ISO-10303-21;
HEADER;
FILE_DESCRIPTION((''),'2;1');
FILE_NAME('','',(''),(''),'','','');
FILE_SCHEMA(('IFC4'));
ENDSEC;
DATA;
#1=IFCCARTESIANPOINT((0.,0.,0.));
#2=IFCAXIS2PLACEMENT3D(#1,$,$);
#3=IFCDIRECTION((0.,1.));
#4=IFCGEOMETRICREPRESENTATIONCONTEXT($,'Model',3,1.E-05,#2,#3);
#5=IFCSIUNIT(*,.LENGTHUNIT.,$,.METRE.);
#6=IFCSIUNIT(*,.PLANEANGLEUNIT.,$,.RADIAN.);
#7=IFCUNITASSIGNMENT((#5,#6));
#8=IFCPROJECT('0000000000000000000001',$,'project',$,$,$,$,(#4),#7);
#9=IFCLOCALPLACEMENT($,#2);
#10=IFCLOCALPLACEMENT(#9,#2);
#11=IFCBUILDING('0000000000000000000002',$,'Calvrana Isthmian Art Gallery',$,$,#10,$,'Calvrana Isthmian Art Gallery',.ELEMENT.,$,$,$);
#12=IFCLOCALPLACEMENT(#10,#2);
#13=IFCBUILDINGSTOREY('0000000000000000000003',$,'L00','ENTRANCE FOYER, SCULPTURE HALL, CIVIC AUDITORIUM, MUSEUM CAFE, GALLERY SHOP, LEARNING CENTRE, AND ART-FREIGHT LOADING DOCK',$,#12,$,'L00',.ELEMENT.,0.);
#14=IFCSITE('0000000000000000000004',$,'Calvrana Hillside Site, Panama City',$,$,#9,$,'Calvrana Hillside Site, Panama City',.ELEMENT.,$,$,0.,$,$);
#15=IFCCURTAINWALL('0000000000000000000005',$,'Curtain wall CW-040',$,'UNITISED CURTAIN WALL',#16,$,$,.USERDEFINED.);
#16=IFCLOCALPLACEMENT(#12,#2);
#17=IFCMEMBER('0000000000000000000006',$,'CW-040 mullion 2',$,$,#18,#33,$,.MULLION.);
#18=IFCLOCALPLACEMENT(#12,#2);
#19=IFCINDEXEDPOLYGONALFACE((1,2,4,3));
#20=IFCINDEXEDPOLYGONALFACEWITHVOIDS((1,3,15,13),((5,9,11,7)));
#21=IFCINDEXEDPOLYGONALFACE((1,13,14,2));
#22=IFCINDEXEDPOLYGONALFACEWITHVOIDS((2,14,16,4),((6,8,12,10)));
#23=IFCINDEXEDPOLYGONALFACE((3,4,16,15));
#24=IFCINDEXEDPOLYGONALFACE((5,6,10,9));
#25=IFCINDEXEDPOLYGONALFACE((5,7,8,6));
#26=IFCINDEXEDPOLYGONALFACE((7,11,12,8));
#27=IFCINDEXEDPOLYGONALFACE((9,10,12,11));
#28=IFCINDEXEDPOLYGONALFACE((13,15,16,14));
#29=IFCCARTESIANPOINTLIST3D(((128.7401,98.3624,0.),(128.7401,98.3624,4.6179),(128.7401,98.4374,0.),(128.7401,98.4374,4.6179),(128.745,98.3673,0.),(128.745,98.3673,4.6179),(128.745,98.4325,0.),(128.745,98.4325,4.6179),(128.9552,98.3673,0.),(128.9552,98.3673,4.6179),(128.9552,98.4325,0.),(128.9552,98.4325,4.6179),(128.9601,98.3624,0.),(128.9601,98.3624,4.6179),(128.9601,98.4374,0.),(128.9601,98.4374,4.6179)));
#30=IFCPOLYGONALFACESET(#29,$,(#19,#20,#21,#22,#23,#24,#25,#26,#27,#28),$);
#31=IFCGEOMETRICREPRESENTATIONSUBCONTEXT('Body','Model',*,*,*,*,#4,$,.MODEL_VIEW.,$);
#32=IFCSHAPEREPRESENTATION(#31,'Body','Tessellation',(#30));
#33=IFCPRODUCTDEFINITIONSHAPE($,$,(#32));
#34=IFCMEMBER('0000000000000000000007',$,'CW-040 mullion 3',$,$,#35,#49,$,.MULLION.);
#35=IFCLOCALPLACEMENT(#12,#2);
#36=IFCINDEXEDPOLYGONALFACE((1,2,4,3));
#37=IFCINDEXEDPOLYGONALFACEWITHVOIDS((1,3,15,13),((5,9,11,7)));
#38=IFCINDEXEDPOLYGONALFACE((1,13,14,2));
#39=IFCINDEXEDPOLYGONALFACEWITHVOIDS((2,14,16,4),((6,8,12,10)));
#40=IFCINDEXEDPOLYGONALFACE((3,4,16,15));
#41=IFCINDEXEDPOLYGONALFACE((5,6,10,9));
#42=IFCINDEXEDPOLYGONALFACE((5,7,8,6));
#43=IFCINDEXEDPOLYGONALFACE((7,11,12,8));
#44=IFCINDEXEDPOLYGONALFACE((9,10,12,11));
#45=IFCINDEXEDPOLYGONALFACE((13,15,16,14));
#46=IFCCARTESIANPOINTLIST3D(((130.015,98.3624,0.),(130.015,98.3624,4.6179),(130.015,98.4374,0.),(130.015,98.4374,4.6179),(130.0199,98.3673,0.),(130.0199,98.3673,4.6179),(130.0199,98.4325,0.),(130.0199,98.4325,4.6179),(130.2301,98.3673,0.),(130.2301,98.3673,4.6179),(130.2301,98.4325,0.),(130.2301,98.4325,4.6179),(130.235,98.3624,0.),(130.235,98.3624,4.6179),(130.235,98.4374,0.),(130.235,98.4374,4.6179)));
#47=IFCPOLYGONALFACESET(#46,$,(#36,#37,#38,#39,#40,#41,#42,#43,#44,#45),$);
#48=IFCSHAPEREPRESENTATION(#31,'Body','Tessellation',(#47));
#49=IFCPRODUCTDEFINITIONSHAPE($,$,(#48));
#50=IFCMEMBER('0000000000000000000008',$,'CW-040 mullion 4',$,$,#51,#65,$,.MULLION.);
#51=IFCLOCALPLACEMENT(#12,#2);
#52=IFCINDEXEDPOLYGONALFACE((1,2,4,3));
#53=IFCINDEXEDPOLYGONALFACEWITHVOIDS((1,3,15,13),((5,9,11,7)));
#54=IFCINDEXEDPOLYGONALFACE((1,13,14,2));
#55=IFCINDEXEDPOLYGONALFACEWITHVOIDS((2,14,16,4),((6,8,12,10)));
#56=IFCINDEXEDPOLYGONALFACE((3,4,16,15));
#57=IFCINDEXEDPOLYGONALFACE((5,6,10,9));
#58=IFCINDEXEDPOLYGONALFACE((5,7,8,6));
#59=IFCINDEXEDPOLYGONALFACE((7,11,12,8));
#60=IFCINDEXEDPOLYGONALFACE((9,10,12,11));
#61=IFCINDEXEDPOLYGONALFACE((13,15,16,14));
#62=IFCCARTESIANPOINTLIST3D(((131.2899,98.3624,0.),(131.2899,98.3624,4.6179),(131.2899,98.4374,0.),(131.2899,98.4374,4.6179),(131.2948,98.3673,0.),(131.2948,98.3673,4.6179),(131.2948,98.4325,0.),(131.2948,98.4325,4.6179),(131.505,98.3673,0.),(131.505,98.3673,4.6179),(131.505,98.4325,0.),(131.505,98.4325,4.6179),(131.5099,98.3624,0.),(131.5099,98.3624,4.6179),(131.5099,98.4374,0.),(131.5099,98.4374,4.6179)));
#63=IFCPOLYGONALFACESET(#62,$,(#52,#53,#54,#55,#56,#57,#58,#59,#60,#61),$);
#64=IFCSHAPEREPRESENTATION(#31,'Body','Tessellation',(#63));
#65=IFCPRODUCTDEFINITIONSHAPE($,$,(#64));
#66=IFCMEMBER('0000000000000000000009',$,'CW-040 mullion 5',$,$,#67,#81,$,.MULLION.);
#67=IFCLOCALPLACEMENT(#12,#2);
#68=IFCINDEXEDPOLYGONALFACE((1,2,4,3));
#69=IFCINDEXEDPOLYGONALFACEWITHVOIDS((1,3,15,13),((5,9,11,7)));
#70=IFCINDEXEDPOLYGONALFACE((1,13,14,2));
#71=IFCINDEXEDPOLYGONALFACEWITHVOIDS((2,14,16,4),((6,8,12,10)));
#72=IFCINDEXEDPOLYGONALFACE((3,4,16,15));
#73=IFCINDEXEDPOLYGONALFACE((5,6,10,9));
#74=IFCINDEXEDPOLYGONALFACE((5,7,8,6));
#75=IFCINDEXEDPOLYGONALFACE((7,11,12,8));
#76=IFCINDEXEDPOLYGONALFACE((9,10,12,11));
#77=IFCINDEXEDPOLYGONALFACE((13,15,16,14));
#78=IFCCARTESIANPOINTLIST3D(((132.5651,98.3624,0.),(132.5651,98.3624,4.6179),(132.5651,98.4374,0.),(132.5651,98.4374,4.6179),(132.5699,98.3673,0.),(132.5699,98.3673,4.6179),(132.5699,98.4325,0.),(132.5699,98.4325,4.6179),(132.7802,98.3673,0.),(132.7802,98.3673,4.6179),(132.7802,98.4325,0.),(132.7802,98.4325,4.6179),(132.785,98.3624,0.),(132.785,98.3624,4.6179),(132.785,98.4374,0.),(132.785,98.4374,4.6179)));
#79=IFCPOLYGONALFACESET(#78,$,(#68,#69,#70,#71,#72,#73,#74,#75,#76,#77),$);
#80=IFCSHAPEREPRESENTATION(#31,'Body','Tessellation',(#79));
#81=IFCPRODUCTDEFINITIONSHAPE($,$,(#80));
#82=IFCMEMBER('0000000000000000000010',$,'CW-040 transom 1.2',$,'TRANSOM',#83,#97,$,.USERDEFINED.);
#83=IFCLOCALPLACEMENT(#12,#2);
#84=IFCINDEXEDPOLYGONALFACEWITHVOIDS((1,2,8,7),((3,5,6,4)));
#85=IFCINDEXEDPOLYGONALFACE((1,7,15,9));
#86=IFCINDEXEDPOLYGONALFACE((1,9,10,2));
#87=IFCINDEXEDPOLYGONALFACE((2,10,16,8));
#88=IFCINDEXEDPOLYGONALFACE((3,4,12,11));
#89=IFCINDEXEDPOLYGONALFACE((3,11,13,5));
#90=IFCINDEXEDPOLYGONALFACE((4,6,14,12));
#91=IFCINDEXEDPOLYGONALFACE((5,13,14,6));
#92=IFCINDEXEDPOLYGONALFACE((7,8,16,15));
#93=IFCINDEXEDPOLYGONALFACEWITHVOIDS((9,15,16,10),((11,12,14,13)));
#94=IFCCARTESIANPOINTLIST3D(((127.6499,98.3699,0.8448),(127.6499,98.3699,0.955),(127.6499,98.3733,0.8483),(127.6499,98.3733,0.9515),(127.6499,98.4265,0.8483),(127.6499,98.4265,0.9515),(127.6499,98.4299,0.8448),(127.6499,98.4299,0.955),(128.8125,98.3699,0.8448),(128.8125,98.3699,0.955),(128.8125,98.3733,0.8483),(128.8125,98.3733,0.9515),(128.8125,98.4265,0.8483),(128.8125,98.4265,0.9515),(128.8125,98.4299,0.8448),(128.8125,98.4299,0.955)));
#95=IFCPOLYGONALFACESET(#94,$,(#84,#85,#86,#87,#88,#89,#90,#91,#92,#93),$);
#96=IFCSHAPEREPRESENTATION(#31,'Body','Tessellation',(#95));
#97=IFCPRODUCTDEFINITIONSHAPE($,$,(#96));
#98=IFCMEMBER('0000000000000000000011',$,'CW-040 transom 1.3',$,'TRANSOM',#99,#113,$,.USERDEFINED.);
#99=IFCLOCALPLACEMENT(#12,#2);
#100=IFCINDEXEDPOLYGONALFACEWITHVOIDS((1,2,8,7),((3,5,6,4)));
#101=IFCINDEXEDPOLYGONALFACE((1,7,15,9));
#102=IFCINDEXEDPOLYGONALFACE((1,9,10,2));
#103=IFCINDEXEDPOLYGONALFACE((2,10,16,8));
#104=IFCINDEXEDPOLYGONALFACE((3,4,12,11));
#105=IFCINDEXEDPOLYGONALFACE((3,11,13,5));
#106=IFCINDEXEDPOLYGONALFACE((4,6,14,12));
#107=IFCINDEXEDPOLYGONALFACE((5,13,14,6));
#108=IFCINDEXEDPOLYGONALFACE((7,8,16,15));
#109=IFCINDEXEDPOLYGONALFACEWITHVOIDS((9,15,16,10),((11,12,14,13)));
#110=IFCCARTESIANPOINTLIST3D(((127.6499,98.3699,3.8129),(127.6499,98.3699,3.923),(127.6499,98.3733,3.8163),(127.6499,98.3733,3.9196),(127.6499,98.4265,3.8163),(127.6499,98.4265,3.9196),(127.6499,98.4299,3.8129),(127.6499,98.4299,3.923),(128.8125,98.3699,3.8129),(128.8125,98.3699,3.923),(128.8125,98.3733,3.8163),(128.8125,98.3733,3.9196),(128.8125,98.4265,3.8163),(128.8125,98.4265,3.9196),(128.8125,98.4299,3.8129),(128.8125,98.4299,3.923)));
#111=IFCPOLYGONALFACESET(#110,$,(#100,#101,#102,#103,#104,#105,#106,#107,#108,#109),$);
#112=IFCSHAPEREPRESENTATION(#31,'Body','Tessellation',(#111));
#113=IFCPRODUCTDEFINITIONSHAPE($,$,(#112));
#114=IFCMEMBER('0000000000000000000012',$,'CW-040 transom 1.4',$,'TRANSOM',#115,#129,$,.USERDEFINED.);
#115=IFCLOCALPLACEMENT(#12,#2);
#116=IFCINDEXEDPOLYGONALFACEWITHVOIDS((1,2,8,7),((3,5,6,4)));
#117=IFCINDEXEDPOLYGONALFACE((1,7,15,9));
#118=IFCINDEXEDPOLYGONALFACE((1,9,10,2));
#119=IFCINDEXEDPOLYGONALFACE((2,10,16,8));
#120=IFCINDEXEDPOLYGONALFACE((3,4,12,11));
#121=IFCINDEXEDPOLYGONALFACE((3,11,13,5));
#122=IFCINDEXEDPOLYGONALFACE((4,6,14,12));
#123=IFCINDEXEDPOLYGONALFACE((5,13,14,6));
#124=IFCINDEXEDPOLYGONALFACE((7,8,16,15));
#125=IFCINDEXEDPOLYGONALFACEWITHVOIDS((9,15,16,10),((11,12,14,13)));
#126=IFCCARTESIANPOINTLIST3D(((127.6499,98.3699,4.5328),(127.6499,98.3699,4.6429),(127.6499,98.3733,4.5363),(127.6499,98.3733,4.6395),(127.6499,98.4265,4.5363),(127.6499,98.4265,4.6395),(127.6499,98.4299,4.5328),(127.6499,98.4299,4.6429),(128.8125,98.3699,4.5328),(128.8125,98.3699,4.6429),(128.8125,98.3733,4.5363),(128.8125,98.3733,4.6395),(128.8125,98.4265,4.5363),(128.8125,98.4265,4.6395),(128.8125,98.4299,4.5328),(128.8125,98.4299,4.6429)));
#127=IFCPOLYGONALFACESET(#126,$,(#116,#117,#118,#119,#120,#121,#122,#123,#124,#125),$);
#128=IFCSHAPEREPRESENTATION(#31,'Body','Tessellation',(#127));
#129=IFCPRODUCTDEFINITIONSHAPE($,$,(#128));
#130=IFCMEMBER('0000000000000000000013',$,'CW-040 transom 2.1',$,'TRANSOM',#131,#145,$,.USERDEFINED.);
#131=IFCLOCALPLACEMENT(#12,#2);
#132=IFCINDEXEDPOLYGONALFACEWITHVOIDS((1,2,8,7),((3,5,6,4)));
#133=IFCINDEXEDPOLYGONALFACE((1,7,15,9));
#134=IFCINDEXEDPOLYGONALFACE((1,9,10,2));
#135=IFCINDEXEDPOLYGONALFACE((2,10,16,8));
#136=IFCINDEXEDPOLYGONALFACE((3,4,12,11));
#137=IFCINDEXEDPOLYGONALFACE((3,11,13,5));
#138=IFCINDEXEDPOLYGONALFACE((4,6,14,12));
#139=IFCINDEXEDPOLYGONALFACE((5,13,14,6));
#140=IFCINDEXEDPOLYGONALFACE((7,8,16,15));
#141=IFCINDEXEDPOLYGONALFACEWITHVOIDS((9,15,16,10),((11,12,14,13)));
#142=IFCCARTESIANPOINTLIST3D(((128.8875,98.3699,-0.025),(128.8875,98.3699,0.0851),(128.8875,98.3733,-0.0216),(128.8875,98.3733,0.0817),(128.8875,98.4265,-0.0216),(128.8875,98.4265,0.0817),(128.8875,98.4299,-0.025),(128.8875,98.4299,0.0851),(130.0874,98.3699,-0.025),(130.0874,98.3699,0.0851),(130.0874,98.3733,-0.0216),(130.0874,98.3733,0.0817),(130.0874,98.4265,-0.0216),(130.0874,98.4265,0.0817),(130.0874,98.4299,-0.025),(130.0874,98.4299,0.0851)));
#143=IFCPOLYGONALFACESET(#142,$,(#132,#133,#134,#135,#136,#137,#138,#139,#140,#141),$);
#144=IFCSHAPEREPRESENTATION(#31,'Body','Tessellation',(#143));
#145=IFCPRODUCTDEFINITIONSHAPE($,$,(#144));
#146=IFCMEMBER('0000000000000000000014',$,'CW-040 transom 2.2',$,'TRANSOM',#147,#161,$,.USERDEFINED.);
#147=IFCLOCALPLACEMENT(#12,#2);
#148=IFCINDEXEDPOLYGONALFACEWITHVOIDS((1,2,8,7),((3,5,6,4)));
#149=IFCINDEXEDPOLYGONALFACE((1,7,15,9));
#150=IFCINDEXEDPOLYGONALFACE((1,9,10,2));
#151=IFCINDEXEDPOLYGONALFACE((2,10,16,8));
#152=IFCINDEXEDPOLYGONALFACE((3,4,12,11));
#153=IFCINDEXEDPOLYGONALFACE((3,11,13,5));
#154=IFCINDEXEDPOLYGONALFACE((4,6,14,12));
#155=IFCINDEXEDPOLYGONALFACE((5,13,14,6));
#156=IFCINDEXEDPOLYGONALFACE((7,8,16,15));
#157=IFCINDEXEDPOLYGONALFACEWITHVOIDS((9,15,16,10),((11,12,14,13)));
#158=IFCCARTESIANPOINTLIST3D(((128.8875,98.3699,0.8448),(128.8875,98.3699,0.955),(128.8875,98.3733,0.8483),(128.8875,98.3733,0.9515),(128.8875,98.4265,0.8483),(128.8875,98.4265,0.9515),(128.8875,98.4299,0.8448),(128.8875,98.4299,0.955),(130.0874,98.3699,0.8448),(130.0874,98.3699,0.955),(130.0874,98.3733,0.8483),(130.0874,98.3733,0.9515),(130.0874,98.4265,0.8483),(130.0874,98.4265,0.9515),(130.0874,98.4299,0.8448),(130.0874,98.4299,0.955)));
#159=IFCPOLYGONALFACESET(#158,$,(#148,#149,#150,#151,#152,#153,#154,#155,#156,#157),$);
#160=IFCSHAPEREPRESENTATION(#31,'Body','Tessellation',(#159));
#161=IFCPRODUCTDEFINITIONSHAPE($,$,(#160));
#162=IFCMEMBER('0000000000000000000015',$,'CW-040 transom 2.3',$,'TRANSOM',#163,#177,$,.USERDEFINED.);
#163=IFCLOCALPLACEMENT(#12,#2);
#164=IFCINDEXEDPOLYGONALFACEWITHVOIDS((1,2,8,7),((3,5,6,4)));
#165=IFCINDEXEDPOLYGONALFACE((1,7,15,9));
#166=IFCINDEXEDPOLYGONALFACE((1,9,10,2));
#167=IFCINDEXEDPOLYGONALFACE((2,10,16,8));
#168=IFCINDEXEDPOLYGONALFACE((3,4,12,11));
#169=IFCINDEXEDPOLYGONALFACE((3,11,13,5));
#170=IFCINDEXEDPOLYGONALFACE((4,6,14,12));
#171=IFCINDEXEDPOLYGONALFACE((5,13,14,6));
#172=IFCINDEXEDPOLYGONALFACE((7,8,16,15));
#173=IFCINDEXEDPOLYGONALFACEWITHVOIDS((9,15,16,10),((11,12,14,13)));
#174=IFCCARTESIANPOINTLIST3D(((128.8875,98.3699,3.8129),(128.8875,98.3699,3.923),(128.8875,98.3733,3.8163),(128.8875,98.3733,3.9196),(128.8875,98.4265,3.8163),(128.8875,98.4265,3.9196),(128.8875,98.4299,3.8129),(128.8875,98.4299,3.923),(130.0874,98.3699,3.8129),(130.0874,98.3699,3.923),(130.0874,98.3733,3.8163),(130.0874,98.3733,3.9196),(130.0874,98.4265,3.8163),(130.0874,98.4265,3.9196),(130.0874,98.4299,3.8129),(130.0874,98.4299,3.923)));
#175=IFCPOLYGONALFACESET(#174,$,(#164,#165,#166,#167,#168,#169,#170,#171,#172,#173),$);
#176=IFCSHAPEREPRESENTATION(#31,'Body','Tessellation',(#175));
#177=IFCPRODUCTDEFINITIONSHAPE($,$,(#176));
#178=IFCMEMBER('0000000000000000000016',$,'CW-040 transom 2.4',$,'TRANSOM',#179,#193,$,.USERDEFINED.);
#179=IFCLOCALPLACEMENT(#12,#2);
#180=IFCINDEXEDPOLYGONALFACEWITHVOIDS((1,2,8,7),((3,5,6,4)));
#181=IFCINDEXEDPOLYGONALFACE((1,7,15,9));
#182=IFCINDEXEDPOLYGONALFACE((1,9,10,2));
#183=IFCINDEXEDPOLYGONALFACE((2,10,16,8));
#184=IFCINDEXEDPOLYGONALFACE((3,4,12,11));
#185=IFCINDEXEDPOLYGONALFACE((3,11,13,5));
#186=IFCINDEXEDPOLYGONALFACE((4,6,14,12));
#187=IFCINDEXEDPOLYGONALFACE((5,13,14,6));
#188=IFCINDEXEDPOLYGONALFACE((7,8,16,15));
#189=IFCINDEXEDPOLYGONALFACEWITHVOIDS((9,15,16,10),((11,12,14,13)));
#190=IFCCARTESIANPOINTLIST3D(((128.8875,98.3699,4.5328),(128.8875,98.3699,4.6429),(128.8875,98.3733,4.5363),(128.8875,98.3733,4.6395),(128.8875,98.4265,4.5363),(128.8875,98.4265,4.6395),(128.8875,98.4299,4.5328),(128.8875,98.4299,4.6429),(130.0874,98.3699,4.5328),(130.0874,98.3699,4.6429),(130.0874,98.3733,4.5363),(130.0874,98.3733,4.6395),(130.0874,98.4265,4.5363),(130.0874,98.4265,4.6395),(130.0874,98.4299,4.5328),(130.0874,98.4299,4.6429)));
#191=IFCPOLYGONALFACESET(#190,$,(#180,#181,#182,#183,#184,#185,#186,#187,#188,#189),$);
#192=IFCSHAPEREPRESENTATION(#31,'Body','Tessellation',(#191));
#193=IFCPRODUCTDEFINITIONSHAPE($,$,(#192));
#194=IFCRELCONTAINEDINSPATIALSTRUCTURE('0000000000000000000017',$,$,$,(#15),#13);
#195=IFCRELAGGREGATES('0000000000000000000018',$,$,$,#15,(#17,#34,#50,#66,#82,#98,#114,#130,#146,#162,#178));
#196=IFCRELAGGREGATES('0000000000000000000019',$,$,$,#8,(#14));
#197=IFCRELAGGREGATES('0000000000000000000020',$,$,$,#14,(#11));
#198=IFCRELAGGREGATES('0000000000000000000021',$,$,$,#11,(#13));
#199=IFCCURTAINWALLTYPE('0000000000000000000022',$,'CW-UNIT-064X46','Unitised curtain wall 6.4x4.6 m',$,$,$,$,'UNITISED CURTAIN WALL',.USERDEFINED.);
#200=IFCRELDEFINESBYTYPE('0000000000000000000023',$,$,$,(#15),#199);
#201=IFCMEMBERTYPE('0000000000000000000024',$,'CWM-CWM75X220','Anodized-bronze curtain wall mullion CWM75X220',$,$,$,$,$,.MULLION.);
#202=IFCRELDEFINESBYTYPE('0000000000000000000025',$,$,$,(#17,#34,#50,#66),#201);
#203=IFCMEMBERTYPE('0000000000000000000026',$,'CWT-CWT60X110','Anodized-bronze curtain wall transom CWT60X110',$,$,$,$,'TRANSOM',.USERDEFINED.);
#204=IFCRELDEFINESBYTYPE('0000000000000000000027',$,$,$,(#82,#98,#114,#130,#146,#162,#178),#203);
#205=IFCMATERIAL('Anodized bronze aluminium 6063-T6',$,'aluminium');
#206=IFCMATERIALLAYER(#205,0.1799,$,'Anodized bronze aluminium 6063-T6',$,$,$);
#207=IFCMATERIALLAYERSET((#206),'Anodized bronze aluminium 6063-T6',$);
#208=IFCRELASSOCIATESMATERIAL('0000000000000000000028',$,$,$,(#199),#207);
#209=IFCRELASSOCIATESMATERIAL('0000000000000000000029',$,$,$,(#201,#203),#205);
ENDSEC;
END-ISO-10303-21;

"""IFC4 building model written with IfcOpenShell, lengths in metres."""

from ifc_helpers import new_model, si_unit, direction, frame, origin, origin_2d, place, context, subcontext, project, spatial, hollow_rectangle, extrude, material, layer, layer_set, material_profile, profile_set, type_object, element, aggregate, save


model = new_model("IFC4")

# Units and contexts
model_context = context("Model", 3, precision=1e-05, world=origin(), true_north=direction((0.0, 1.0)))
body_context = subcontext(model_context, "Body", "Model", "MODEL_VIEW")
ifc_project = project(units=[si_unit("LENGTHUNIT", "METRE"), si_unit("PLANEANGLEUNIT", "RADIAN")], contexts=[model_context])

# Site, building, storey
site_placement = place(None, origin())
site = spatial("IfcSite", under=ifc_project, at=site_placement, Name="Calvrana Hillside Site, Panama City", LongName="Calvrana Hillside Site, Panama City", CompositionType="ELEMENT", RefElevation=0.0)
building_placement = place(site_placement, origin())
building = spatial("IfcBuilding", under=site, at=building_placement, Name="Calvrana Isthmian Art Gallery", LongName="Calvrana Isthmian Art Gallery", CompositionType="ELEMENT")
storey_placement = place(building_placement, origin())
storey = spatial("IfcBuildingStorey", under=building, at=storey_placement, Name="L00", Description="ENTRANCE FOYER, SCULPTURE HALL, CIVIC AUDITORIUM, MUSEUM CAFE, GALLERY SHOP, LEARNING CENTRE, AND ART-FREIGHT LOADING DOCK", LongName="L00", CompositionType="ELEMENT", Elevation=0.0)

# Curtain wall, members
ifc_material_1 = material(Name="Anodized bronze aluminium 6063-T6", Category="aluminium")
ifc_layer_1 = layer(ifc_material_1, 0.1799, Name="Anodized bronze aluminium 6063-T6")
ifc_layer_set_1 = layer_set([ifc_layer_1], Name="Anodized bronze aluminium 6063-T6")
curtain_wall_type = type_object("IfcCurtainWallType", Name="CW-UNIT-064X46", Description="Unitised curtain wall 6.4x4.6 m", ElementType="UNITISED CURTAIN WALL", PredefinedType="USERDEFINED", material=ifc_layer_set_1)
curtain_wall_placement = place(storey_placement, origin())
curtain_wall = element("IfcCurtainWall", 1, at=curtain_wall_placement, inside=storey, type_object=curtain_wall_type, Name="Curtain wall CW-040", ObjectType="UNITISED CURTAIN WALL", PredefinedType="USERDEFINED")
ifc_material_profile_1 = material_profile(ifc_material_1, hollow_rectangle(XDim=0.075, YDim=0.22, WallThickness=0.0049, at=origin_2d()), Name="CWM75X220")
ifc_profile_set_1 = profile_set([ifc_material_profile_1], Name="Anodized bronze aluminium 6063-T6")
member_type_1 = type_object("IfcMemberType", Name="CWM-CWM75X220", Description="Anodized-bronze curtain wall mullion CWM75X220", PredefinedType="MULLION", material=ifc_profile_set_1)
member_1_placement = place(storey_placement, frame((128.8501, 98.3999, 0.0), z_axis=(0.0, 0.0, 1.0), x_axis=(0.0, 1.0, 0.0)))
member_1 = element("IfcMember", 2, at=member_1_placement, type_object=member_type_1, Name="CW-040 mullion 2", PredefinedType="MULLION", context=body_context, shape_type="SweptSolid", body=[
    extrude(hollow_rectangle(XDim=0.075, YDim=0.22, WallThickness=0.0049, at=origin_2d()), origin(), (0.0, 0.0, 1.0), 4.6179),
])
member_2_placement = place(storey_placement, frame((130.125, 98.3999, 0.0), z_axis=(0.0, 0.0, 1.0), x_axis=(0.0, 1.0, 0.0)))
member_2 = element("IfcMember", 3, at=member_2_placement, type_object=member_type_1, Name="CW-040 mullion 3", PredefinedType="MULLION", context=body_context, shape_type="SweptSolid", body=[
    extrude(hollow_rectangle(XDim=0.075, YDim=0.22, WallThickness=0.0049, at=origin_2d()), origin(), (0.0, 0.0, 1.0), 4.6179),
])
member_3_placement = place(storey_placement, frame((131.3999, 98.3999, 0.0), z_axis=(0.0, 0.0, 1.0), x_axis=(0.0, 1.0, 0.0)))
member_3 = element("IfcMember", 4, at=member_3_placement, type_object=member_type_1, Name="CW-040 mullion 4", PredefinedType="MULLION", context=body_context, shape_type="SweptSolid", body=[
    extrude(hollow_rectangle(XDim=0.075, YDim=0.22, WallThickness=0.0049, at=origin_2d()), origin(), (0.0, 0.0, 1.0), 4.6179),
])
member_4_placement = place(storey_placement, frame((132.675, 98.3999, 0.0), z_axis=(0.0, 0.0, 1.0), x_axis=(0.0, 1.0, 0.0)))
member_4 = element("IfcMember", 5, at=member_4_placement, type_object=member_type_1, Name="CW-040 mullion 5", PredefinedType="MULLION", context=body_context, shape_type="SweptSolid", body=[
    extrude(hollow_rectangle(XDim=0.075, YDim=0.22, WallThickness=0.0049, at=origin_2d()), origin(), (0.0, 0.0, 1.0), 4.6179),
])
ifc_material_profile_2 = material_profile(ifc_material_1, hollow_rectangle(XDim=0.0601, YDim=0.1101, WallThickness=0.0034, at=origin_2d()), Name="CWT60X110")
ifc_profile_set_2 = profile_set([ifc_material_profile_2], Name="Anodized bronze aluminium 6063-T6")
member_type_2 = type_object("IfcMemberType", Name="CWT-CWT60X110", Description="Anodized-bronze curtain wall transom CWT60X110", ElementType="TRANSOM", PredefinedType="USERDEFINED", material=ifc_profile_set_2)
member_5_placement = place(storey_placement, frame((127.6499, 98.3999, 0.8999), z_axis=(1.0, 0.0, 0.0), x_axis=(0.0, 1.0, 0.0)))
member_5 = element("IfcMember", 6, at=member_5_placement, type_object=member_type_2, Name="CW-040 transom 1.2", ObjectType="TRANSOM", PredefinedType="USERDEFINED", context=body_context, shape_type="SweptSolid", body=[
    extrude(hollow_rectangle(XDim=0.0601, YDim=0.1101, WallThickness=0.0034, at=origin_2d()), origin(), (0.0, 0.0, 1.0), 1.1626),
])
member_6_placement = place(storey_placement, frame((127.6499, 98.3999, 3.8679), z_axis=(1.0, 0.0, 0.0), x_axis=(0.0, 1.0, 0.0)))
member_6 = element("IfcMember", 7, at=member_6_placement, type_object=member_type_2, Name="CW-040 transom 1.3", ObjectType="TRANSOM", PredefinedType="USERDEFINED", context=body_context, shape_type="SweptSolid", body=[
    extrude(hollow_rectangle(XDim=0.0601, YDim=0.1101, WallThickness=0.0034, at=origin_2d()), origin(), (0.0, 0.0, 1.0), 1.1626),
])
member_7_placement = place(storey_placement, frame((127.6499, 98.3999, 4.5879), z_axis=(1.0, 0.0, 0.0), x_axis=(0.0, 1.0, 0.0)))
member_7 = element("IfcMember", 8, at=member_7_placement, type_object=member_type_2, Name="CW-040 transom 1.4", ObjectType="TRANSOM", PredefinedType="USERDEFINED", context=body_context, shape_type="SweptSolid", body=[
    extrude(hollow_rectangle(XDim=0.0601, YDim=0.1101, WallThickness=0.0034, at=origin_2d()), origin(), (0.0, 0.0, 1.0), 1.1626),
])
member_8_placement = place(storey_placement, frame((128.8875, 98.3999, 0.03), z_axis=(1.0, 0.0, 0.0), x_axis=(0.0, 1.0, 0.0)))
member_8 = element("IfcMember", 9, at=member_8_placement, type_object=member_type_2, Name="CW-040 transom 2.1", ObjectType="TRANSOM", PredefinedType="USERDEFINED", context=body_context, shape_type="SweptSolid", body=[
    extrude(hollow_rectangle(XDim=0.0601, YDim=0.1101, WallThickness=0.0034, at=origin_2d()), origin(), (0.0, 0.0, 1.0), 1.2),
])
member_9_placement = place(storey_placement, frame((128.8875, 98.3999, 0.8999), z_axis=(1.0, 0.0, 0.0), x_axis=(0.0, 1.0, 0.0)))
member_9 = element("IfcMember", 10, at=member_9_placement, type_object=member_type_2, Name="CW-040 transom 2.2", ObjectType="TRANSOM", PredefinedType="USERDEFINED", context=body_context, shape_type="SweptSolid", body=[
    extrude(hollow_rectangle(XDim=0.0601, YDim=0.1101, WallThickness=0.0034, at=origin_2d()), origin(), (0.0, 0.0, 1.0), 1.2),
])
member_10_placement = place(storey_placement, frame((128.8875, 98.3999, 3.8679), z_axis=(1.0, 0.0, 0.0), x_axis=(0.0, 1.0, 0.0)))
member_10 = element("IfcMember", 11, at=member_10_placement, type_object=member_type_2, Name="CW-040 transom 2.3", ObjectType="TRANSOM", PredefinedType="USERDEFINED", context=body_context, shape_type="SweptSolid", body=[
    extrude(hollow_rectangle(XDim=0.0601, YDim=0.1101, WallThickness=0.0034, at=origin_2d()), origin(), (0.0, 0.0, 1.0), 1.2),
])
member_11_placement = place(storey_placement, frame((128.8875, 98.3999, 4.5879), z_axis=(1.0, 0.0, 0.0), x_axis=(0.0, 1.0, 0.0)))
member_11 = element("IfcMember", 12, at=member_11_placement, type_object=member_type_2, Name="CW-040 transom 2.4", ObjectType="TRANSOM", PredefinedType="USERDEFINED", context=body_context, shape_type="SweptSolid", body=[
    extrude(hollow_rectangle(XDim=0.0601, YDim=0.1101, WallThickness=0.0034, at=origin_2d()), origin(), (0.0, 0.0, 1.0), 1.2),
])
aggregate(curtain_wall, [member_1, member_2, member_3, member_4, member_5, member_6, member_7, member_8, member_9, member_10, member_11])

save(model, "model.ifc")
